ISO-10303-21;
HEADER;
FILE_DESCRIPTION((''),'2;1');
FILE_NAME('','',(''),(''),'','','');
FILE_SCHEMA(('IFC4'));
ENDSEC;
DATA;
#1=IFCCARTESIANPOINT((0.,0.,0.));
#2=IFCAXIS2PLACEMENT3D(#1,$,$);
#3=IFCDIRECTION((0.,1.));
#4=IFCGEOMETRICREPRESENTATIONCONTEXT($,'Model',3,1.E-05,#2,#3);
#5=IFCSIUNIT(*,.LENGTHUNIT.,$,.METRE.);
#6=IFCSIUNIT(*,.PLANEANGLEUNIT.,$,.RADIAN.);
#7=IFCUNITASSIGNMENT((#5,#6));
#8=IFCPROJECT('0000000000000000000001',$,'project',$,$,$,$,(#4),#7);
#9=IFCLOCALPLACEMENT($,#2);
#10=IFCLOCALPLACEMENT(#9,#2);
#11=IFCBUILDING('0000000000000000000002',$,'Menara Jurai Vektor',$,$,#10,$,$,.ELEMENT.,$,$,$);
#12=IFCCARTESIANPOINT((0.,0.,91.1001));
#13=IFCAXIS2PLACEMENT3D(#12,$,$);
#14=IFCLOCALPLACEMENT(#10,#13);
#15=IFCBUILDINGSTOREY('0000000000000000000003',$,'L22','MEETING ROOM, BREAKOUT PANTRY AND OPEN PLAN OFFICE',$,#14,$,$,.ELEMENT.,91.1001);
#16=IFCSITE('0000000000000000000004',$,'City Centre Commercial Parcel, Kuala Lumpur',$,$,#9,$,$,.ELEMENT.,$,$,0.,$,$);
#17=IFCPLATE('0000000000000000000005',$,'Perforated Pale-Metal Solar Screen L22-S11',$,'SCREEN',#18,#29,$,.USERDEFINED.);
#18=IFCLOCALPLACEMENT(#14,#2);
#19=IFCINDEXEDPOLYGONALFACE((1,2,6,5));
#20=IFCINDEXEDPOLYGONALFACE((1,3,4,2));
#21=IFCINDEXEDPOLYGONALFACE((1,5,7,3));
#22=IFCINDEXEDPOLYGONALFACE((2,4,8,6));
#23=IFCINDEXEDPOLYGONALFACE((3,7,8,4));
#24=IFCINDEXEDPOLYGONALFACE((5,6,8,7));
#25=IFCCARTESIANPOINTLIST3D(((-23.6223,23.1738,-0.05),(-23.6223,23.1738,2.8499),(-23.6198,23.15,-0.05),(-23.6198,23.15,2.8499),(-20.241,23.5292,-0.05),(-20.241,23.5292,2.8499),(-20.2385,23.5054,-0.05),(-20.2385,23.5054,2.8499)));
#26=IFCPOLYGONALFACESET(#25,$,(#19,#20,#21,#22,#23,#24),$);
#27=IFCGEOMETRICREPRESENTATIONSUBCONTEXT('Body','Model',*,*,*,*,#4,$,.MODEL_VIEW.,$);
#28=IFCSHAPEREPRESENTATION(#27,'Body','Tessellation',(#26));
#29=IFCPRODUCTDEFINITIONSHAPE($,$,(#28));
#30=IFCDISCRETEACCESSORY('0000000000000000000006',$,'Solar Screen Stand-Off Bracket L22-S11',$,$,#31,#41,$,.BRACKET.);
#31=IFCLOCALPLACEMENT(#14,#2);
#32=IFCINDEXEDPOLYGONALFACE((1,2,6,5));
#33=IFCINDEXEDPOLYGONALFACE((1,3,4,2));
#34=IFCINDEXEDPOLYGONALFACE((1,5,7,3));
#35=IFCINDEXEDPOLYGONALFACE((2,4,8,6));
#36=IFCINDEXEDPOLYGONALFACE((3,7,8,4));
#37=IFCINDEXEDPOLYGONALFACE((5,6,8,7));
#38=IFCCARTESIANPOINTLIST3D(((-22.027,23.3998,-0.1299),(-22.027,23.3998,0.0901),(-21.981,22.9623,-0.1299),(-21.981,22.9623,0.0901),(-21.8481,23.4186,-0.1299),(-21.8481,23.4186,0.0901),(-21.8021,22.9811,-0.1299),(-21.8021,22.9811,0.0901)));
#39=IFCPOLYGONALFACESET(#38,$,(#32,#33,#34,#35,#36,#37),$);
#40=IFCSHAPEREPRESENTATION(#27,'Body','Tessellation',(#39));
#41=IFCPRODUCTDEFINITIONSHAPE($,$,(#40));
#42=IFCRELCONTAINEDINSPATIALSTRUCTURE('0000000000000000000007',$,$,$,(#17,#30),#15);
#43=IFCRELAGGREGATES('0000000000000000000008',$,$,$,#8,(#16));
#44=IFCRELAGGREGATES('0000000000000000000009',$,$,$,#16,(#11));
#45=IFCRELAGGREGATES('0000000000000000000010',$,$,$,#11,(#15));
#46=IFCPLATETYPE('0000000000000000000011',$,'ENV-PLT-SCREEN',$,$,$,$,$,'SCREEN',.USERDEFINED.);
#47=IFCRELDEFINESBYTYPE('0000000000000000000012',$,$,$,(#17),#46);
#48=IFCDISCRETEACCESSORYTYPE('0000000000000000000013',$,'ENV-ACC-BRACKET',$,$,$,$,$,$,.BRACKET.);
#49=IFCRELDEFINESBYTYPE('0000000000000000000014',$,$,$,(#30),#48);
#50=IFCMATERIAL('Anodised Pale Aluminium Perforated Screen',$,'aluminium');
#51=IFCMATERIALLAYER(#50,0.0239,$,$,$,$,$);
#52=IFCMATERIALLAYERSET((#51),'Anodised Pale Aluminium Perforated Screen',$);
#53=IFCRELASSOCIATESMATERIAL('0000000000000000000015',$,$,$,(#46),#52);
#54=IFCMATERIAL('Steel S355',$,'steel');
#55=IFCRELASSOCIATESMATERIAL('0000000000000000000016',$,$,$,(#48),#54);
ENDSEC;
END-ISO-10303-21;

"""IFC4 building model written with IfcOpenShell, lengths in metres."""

from ifc_helpers import new_model, si_unit, direction, frame, origin, origin_2d, place, context, subcontext, project, spatial, rectangle, extrude, material, layer, layer_set, type_object, element, save


model = new_model("IFC4")

# Units and contexts
model_context = context("Model", 3, precision=1e-05, world=origin(), true_north=direction((0.0, 1.0)))
body_context = subcontext(model_context, "Body", "Model", "MODEL_VIEW")
ifc_project = project(units=[si_unit("LENGTHUNIT", "METRE"), si_unit("PLANEANGLEUNIT", "RADIAN")], contexts=[model_context])

# Site, building, storey
site_placement = place(None, origin())
site = spatial("IfcSite", under=ifc_project, at=site_placement, Name="City Centre Commercial Parcel, Kuala Lumpur", CompositionType="ELEMENT", RefElevation=0.0)
building_placement = place(site_placement, origin())
building = spatial("IfcBuilding", under=site, at=building_placement, Name="Menara Jurai Vektor", CompositionType="ELEMENT")
storey_placement = place(building_placement, frame((0.0, 0.0, 91.1001)))
storey = spatial("IfcBuildingStorey", under=building, at=storey_placement, Name="L22", Description="MEETING ROOM, BREAKOUT PANTRY AND OPEN PLAN OFFICE", CompositionType="ELEMENT", Elevation=91.1001)

# Shared definitions
ifc_material_1 = material(Name="Steel S355", Category="steel")

# Plate
ifc_material_2 = material(Name="Anodised Pale Aluminium Perforated Screen", Category="aluminium")
ifc_layer_1 = layer(ifc_material_2, 0.0239)
ifc_layer_set_1 = layer_set([ifc_layer_1], Name="Anodised Pale Aluminium Perforated Screen")
plate_type_1 = type_object("IfcPlateType", Name="ENV-PLT-SCREEN", ElementType="SCREEN", PredefinedType="USERDEFINED", material=ifc_layer_set_1)
plate_1_placement = place(storey_placement, frame((-21.9304, 23.3396, -0.05), z_axis=(0.0, 0.0, 1.0), x_axis=(-0.994522, -0.104528, 0.0)))
element("IfcPlate", 1, at=plate_1_placement, inside=storey, type_object=plate_type_1, Name="Perforated Pale-Metal Solar Screen L22-S11", ObjectType="SCREEN", PredefinedType="USERDEFINED", context=body_context, shape_type="SweptSolid", body=[
    extrude(rectangle(XDim=3.3999, YDim=0.0239, at=origin_2d()), origin(), (0.0, 0.0, 1.0), 2.8999),
])

# Discrete accessory
discrete_accessory_type = type_object("IfcDiscreteAccessoryType", Name="ENV-ACC-BRACKET", PredefinedType="BRACKET", material=ifc_material_1)
discrete_accessory_placement = place(storey_placement, frame((-21.9146, 23.1904, -0.1299), z_axis=(0.0, 0.0, 1.0), x_axis=(-0.994522, -0.104528, 0.0)))
element("IfcDiscreteAccessory", 2, at=discrete_accessory_placement, inside=storey, type_object=discrete_accessory_type, Name="Solar Screen Stand-Off Bracket L22-S11", PredefinedType="BRACKET", context=body_context, shape_type="SweptSolid", body=[
    extrude(rectangle(XDim=0.1799, YDim=0.4399, at=origin_2d()), origin(), (0.0, 0.0, 1.0), 0.22),
])

save(model, "model.ifc")
